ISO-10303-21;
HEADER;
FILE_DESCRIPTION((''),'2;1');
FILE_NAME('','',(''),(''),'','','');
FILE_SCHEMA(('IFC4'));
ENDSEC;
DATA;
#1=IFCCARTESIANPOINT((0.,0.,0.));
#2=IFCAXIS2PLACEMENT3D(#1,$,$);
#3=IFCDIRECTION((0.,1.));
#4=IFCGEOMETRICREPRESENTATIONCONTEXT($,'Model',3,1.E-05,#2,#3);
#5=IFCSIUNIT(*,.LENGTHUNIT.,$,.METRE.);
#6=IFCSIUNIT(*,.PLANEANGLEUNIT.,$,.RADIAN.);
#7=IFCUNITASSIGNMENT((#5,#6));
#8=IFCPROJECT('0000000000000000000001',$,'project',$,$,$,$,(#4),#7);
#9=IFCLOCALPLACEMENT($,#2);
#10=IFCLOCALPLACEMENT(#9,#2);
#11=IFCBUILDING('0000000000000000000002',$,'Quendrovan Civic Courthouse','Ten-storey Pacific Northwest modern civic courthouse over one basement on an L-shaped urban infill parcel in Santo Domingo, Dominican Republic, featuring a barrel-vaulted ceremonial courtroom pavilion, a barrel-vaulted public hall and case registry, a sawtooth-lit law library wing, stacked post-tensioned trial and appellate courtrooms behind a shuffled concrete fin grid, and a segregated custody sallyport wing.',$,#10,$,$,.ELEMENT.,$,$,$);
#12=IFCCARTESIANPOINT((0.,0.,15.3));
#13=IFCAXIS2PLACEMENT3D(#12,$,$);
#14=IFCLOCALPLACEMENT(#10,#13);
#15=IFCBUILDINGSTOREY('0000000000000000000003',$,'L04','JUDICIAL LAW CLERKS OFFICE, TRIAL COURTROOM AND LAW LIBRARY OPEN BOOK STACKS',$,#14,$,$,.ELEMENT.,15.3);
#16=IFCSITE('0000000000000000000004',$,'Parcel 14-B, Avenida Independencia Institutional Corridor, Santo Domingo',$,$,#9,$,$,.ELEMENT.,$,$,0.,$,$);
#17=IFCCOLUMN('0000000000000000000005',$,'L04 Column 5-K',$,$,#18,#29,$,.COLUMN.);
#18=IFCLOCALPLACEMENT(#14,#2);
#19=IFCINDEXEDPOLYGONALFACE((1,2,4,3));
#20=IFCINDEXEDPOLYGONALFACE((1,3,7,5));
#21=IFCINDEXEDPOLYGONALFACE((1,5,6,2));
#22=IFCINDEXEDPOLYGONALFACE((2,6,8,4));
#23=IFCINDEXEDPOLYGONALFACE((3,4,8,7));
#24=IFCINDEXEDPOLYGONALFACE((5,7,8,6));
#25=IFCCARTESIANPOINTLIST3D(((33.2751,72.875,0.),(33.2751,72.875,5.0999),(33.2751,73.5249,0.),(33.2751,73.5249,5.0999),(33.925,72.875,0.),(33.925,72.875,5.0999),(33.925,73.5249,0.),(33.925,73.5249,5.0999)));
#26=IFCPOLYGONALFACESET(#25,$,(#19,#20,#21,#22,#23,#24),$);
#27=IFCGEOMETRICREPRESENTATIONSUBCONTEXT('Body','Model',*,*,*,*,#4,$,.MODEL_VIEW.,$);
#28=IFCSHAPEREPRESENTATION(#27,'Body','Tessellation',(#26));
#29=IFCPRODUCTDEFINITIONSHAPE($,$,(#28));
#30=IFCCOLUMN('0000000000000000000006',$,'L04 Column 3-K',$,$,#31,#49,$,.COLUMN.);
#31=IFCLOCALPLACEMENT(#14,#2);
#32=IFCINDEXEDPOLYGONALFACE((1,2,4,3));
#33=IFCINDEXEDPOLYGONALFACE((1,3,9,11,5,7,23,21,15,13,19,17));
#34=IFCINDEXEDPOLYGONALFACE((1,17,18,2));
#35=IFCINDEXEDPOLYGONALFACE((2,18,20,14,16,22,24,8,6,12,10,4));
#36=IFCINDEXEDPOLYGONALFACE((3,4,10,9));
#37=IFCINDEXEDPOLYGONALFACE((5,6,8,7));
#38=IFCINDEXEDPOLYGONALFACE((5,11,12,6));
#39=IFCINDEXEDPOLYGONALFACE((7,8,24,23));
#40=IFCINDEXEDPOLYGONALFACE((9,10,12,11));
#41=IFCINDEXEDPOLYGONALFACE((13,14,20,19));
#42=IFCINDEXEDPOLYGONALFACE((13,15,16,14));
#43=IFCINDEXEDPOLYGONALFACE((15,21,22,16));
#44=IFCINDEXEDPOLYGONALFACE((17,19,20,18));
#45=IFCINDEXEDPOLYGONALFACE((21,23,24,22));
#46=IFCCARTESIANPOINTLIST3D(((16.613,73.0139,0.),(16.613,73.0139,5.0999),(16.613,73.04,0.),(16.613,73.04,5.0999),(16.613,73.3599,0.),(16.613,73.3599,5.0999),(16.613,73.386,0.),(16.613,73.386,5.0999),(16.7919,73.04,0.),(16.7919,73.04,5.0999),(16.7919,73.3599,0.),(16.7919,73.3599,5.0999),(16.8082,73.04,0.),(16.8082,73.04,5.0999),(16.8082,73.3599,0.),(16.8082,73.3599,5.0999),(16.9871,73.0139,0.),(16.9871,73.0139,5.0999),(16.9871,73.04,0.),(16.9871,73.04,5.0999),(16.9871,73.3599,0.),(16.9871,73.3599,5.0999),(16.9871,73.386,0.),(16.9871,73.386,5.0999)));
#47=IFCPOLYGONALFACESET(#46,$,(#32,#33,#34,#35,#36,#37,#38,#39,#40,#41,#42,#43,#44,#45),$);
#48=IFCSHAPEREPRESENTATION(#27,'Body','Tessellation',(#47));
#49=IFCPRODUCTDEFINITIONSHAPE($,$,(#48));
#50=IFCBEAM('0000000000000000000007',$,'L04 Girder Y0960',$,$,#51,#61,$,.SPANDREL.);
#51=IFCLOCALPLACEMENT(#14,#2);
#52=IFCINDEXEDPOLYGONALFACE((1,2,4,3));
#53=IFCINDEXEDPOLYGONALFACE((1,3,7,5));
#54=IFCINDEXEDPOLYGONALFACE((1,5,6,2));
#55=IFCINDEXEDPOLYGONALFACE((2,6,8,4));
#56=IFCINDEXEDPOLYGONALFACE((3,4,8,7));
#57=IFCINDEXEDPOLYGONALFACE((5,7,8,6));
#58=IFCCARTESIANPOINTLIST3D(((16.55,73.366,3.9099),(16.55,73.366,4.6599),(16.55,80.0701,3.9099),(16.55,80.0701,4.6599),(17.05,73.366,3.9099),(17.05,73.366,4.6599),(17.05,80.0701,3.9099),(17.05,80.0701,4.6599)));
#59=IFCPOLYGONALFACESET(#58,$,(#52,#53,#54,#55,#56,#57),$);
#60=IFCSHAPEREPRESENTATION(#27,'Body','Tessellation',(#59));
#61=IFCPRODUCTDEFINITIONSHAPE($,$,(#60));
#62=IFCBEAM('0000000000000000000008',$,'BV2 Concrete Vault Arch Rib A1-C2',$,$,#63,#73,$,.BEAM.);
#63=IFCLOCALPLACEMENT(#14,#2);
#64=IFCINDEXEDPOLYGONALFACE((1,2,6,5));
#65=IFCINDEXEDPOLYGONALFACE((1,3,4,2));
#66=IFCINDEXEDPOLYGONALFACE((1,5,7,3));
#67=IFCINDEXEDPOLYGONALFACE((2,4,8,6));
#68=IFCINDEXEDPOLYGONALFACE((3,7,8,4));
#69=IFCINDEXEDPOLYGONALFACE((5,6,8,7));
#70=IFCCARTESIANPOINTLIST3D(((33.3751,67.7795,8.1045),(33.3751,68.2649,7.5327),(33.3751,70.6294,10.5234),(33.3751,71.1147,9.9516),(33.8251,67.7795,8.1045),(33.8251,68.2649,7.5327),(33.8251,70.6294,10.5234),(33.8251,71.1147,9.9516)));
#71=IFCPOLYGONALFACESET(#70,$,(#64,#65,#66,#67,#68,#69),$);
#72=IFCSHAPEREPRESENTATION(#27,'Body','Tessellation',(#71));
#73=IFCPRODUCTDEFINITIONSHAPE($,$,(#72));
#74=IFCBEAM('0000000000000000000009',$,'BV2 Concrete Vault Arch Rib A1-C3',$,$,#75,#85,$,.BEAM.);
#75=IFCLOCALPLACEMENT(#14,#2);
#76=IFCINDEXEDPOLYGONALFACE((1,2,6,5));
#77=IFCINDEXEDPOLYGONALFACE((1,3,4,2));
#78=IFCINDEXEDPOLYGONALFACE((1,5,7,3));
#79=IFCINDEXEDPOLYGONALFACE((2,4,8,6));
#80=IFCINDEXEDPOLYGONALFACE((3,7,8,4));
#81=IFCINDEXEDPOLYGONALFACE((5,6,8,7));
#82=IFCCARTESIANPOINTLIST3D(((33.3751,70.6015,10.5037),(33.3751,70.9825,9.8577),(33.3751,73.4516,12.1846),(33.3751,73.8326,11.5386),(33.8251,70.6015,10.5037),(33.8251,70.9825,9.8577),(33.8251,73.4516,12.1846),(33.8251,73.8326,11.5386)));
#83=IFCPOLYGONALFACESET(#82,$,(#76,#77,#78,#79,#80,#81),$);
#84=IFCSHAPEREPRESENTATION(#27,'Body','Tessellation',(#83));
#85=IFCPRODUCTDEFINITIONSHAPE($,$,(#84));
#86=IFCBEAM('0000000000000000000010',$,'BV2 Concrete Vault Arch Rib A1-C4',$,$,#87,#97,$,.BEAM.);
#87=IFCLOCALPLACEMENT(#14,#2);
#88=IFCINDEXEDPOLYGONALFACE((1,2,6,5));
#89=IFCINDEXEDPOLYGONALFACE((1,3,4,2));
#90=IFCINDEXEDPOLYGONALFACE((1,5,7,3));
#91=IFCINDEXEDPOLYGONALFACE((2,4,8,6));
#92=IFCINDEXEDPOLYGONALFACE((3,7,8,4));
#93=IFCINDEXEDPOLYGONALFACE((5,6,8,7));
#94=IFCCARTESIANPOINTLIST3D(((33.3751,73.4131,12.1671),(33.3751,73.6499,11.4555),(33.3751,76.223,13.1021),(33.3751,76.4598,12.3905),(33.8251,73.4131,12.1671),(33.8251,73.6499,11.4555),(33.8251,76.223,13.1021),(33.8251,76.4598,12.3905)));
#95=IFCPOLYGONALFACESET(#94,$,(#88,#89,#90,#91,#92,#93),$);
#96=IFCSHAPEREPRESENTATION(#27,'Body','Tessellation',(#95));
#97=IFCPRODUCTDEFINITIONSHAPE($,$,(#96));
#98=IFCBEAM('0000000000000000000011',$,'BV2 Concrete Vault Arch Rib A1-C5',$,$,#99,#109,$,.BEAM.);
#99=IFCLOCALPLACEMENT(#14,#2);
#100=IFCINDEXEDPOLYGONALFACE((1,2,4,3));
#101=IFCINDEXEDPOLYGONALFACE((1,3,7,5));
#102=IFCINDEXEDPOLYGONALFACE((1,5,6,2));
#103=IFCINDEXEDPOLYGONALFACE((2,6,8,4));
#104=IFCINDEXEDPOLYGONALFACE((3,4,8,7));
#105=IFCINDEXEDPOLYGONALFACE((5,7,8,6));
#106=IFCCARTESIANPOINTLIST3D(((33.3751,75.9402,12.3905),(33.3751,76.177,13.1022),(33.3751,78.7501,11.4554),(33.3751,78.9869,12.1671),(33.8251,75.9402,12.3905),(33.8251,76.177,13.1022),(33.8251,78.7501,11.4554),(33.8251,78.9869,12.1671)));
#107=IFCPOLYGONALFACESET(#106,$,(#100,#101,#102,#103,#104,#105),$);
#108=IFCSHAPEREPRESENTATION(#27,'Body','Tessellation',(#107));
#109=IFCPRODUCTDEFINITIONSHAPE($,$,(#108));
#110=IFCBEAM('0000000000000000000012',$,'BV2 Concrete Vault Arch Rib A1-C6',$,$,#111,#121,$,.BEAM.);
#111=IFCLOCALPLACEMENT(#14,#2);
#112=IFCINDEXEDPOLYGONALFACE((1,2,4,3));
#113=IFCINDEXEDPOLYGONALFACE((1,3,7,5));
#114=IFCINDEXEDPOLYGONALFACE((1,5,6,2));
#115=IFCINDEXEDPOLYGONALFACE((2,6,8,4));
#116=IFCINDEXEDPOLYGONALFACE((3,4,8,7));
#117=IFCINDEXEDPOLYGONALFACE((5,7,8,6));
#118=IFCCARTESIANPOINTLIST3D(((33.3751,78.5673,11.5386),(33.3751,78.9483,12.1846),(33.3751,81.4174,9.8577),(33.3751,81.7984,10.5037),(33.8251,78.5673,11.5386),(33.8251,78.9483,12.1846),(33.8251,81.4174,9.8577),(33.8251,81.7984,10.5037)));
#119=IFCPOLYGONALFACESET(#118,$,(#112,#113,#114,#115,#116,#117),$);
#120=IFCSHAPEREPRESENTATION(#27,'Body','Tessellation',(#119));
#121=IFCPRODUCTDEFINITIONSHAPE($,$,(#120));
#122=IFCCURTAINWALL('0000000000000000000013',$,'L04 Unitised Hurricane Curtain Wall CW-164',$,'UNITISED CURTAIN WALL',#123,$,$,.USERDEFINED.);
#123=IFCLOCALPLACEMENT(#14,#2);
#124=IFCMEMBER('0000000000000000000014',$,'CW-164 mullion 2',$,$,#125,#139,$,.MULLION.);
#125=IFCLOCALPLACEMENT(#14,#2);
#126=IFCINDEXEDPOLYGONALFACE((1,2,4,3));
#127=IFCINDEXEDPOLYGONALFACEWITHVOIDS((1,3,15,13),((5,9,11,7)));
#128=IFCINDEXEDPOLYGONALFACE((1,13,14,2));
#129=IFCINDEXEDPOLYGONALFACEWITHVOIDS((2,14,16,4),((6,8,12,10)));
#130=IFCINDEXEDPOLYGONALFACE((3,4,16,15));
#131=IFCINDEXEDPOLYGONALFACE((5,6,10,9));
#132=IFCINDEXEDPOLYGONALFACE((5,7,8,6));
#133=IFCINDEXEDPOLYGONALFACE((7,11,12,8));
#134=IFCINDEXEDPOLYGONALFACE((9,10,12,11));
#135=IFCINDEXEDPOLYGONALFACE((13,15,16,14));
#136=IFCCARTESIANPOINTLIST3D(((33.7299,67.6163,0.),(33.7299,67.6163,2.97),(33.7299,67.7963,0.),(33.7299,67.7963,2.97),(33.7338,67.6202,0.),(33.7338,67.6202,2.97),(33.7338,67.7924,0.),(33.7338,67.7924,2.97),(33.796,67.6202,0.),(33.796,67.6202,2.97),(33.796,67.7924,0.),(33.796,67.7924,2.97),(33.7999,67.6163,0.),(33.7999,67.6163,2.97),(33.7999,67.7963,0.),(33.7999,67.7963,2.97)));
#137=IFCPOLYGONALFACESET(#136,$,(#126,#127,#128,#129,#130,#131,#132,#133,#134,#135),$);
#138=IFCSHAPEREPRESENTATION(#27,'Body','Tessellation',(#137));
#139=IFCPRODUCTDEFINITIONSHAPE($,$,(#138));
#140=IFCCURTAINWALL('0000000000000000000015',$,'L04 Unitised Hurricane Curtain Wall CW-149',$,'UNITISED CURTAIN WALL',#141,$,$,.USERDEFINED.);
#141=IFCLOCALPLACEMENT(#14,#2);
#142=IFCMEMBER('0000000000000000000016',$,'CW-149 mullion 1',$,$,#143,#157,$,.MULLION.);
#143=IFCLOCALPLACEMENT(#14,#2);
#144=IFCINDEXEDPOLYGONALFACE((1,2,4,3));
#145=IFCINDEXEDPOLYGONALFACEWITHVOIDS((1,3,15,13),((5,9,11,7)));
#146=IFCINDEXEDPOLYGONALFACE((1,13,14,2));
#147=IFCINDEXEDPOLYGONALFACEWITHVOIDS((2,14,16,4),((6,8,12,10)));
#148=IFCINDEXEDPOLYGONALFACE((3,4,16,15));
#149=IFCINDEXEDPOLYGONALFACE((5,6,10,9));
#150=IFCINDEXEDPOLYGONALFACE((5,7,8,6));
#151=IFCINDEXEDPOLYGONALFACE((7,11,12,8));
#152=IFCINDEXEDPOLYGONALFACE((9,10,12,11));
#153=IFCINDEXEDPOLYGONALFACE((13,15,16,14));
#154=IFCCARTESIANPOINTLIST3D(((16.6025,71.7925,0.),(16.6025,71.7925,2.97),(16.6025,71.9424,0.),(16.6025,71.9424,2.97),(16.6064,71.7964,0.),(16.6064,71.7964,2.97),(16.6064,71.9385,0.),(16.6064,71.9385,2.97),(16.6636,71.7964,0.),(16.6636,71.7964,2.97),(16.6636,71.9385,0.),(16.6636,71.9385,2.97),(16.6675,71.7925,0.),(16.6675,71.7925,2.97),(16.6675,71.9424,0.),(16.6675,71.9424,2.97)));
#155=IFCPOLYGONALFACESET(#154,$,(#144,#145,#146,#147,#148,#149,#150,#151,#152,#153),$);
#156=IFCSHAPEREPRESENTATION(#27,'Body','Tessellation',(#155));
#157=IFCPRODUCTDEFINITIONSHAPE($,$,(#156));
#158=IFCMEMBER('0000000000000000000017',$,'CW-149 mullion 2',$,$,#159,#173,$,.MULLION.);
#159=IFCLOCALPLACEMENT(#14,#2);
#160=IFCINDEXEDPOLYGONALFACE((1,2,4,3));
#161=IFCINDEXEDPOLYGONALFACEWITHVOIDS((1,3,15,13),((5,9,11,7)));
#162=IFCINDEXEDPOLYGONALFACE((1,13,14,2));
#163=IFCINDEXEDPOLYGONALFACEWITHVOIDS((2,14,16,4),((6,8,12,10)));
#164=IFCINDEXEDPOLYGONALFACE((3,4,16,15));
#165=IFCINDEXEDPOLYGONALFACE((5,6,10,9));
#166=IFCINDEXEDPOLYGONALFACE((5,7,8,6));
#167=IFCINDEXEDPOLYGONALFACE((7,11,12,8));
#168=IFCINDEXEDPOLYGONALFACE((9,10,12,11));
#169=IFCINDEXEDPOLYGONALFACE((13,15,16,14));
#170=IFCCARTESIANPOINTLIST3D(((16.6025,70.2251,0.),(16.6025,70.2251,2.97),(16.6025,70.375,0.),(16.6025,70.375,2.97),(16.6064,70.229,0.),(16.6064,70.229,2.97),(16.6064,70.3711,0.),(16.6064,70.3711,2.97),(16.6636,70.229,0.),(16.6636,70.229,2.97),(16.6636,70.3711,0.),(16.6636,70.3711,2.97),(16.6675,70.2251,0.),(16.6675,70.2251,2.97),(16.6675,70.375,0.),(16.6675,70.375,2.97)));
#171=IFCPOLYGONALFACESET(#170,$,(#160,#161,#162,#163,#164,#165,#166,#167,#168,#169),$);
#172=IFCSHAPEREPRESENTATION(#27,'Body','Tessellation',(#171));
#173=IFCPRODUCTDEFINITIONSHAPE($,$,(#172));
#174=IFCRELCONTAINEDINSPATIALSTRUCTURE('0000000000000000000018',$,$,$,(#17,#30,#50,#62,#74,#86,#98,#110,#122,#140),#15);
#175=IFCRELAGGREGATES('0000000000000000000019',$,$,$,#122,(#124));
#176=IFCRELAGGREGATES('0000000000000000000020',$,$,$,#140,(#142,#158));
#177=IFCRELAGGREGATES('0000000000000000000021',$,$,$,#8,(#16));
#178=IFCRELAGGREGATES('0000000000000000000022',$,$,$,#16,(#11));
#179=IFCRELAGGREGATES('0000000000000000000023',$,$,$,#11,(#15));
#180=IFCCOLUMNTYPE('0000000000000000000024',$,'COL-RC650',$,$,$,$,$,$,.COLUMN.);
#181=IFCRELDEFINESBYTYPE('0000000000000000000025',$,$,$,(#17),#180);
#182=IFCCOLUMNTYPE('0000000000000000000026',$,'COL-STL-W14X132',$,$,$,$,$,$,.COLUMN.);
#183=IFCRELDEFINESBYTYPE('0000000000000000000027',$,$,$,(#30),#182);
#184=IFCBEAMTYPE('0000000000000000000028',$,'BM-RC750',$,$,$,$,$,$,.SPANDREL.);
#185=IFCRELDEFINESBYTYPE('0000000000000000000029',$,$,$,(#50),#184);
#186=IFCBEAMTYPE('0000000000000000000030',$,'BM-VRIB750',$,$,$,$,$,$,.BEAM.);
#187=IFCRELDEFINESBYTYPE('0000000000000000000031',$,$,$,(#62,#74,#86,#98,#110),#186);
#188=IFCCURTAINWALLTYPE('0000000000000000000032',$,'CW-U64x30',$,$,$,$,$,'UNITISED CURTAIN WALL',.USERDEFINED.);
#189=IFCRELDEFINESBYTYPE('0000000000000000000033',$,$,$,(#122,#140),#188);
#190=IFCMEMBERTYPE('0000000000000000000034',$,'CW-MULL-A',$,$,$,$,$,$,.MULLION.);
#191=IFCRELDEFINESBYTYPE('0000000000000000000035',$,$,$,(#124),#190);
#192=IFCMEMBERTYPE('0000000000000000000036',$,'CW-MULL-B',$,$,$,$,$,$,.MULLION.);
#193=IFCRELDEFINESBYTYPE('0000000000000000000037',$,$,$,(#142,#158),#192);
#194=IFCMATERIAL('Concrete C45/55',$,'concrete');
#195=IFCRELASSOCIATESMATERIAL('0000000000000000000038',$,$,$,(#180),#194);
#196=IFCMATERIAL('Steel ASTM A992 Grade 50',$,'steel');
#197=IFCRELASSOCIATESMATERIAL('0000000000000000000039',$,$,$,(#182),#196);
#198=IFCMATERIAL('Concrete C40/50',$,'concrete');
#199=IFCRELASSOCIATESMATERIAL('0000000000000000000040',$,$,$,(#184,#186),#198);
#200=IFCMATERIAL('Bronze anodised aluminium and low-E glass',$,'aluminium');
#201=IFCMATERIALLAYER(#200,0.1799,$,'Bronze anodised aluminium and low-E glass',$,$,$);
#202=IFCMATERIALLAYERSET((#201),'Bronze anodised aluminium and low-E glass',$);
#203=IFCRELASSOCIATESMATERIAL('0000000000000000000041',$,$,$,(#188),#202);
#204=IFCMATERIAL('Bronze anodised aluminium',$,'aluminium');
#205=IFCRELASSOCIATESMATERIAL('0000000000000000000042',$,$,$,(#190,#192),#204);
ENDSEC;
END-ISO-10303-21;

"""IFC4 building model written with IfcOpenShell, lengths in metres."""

from ifc_helpers import new_model, si_unit, direction, frame, origin, origin_2d, place, context, subcontext, project, spatial, rectangle, hollow_rectangle, i_section, extrude, material, layer, layer_set, material_profile, profile_set, type_object, element, aggregate, save


model = new_model("IFC4")

# Units and contexts
model_context = context("Model", 3, precision=1e-05, world=origin(), true_north=direction((0.0, 1.0)))
body_context = subcontext(model_context, "Body", "Model", "MODEL_VIEW")
ifc_project = project(units=[si_unit("LENGTHUNIT", "METRE"), si_unit("PLANEANGLEUNIT", "RADIAN")], contexts=[model_context])

# Site, building, storey
site_placement = place(None, origin())
site = spatial("IfcSite", under=ifc_project, at=site_placement, Name="Parcel 14-B, Avenida Independencia Institutional Corridor, Santo Domingo", CompositionType="ELEMENT", RefElevation=0.0)
building_placement = place(site_placement, origin())
building = spatial("IfcBuilding", under=site, at=building_placement, Name="Quendrovan Civic Courthouse", Description="Ten-storey Pacific Northwest modern civic courthouse over one basement on an L-shaped urban infill parcel in Santo Domingo, Dominican Republic, featuring a barrel-vaulted ceremonial courtroom pavilion, a barrel-vaulted public hall and case registry, a sawtooth-lit law library wing, stacked post-tensioned trial and appellate courtrooms behind a shuffled concrete fin grid, and a segregated custody sallyport wing.", CompositionType="ELEMENT")
storey_placement = place(building_placement, frame((0.0, 0.0, 15.3)))
storey = spatial("IfcBuildingStorey", under=building, at=storey_placement, Name="L04", Description="JUDICIAL LAW CLERKS OFFICE, TRIAL COURTROOM AND LAW LIBRARY OPEN BOOK STACKS", CompositionType="ELEMENT", Elevation=15.3)

# Columns
ifc_material_1 = material(Name="Concrete C45/55", Category="concrete")
ifc_material_profile_1 = material_profile(ifc_material_1, rectangle(XDim=0.6499, YDim=0.6499, at=origin_2d()), Name="RC-COL-650x650")
ifc_profile_set_1 = profile_set([ifc_material_profile_1], Name="Concrete C45/55")
column_type_1 = type_object("IfcColumnType", Name="COL-RC650", PredefinedType="COLUMN", material=ifc_profile_set_1)
column_1_placement = place(storey_placement, frame((33.6001, 73.2, 0.0), z_axis=(0.0, 0.0, 1.0), x_axis=(1.0, 0.0, 0.0)))
element("IfcColumn", 1, at=column_1_placement, inside=storey, type_object=column_type_1, Name="L04 Column 5-K", PredefinedType="COLUMN", context=body_context, shape_type="SweptSolid", body=[
    extrude(rectangle(XDim=0.6499, YDim=0.6499, at=origin_2d()), origin(), (0.0, 0.0, 1.0), 5.0999),
])
ifc_material_2 = material(Name="Steel ASTM A992 Grade 50", Category="steel")
ifc_material_profile_2 = material_profile(ifc_material_2, i_section(OverallWidth=0.374, OverallDepth=0.3721, WebThickness=0.0164, FlangeThickness=0.0261, at=origin_2d()), Name="W14X132")
ifc_profile_set_2 = profile_set([ifc_material_profile_2], Name="Steel ASTM A992 Grade 50")
column_type_2 = type_object("IfcColumnType", Name="COL-STL-W14X132", PredefinedType="COLUMN", material=ifc_profile_set_2)
column_2_placement = place(storey_placement, frame((16.8, 73.2, 0.0), z_axis=(0.0, 0.0, 1.0), x_axis=(1.0, 0.0, 0.0)))
element("IfcColumn", 2, at=column_2_placement, inside=storey, type_object=column_type_2, Name="L04 Column 3-K", PredefinedType="COLUMN", context=body_context, shape_type="SweptSolid", body=[
    extrude(i_section(OverallWidth=0.374, OverallDepth=0.3721, WebThickness=0.0164, FlangeThickness=0.0261, at=origin_2d()), origin(), (0.0, 0.0, 1.0), 5.0999),
])

# Beams
ifc_material_3 = material(Name="Concrete C40/50", Category="concrete")
ifc_material_profile_3 = material_profile(ifc_material_3, rectangle(XDim=0.5, YDim=0.75, at=origin_2d()), Name="RC-BM-500x750")
ifc_profile_set_3 = profile_set([ifc_material_profile_3], Name="Concrete C40/50")
beam_type_1 = type_object("IfcBeamType", Name="BM-RC750", PredefinedType="SPANDREL", material=ifc_profile_set_3)
beam_1_placement = place(storey_placement, frame((16.8, 73.366, 4.2849), z_axis=(0.0, 1.0, 0.0), x_axis=(-1.0, 0.0, 0.0)))
element("IfcBeam", 3, at=beam_1_placement, inside=storey, type_object=beam_type_1, Name="L04 Girder Y0960", PredefinedType="SPANDREL", context=body_context, shape_type="SweptSolid", body=[
    extrude(rectangle(XDim=0.5, YDim=0.75, at=origin_2d()), origin(), (0.0, 0.0, 1.0), 6.7041),
])
ifc_material_profile_4 = material_profile(ifc_material_3, rectangle(XDim=0.45, YDim=0.75, at=origin_2d()), Name="RC-VRIB-450x750")
ifc_profile_set_4 = profile_set([ifc_material_profile_4], Name="Concrete C40/50")
beam_type_2 = type_object("IfcBeamType", Name="BM-VRIB750", PredefinedType="BEAM", material=ifc_profile_set_4)
beam_2_placement = place(storey_placement, frame((33.6001, 68.0222, 7.8186), z_axis=(0.0, 0.762392, 0.647116), x_axis=(-1.0, 0.0, 0.0)))
element("IfcBeam", 4, at=beam_2_placement, inside=storey, type_object=beam_type_2, Name="BV2 Concrete Vault Arch Rib A1-C2", PredefinedType="BEAM", context=body_context, shape_type="SweptSolid", body=[
    extrude(rectangle(XDim=0.45, YDim=0.75, at=origin_2d()), origin(), (0.0, 0.0, 1.0), 3.738),
])
beam_3_placement = place(storey_placement, frame((33.6001, 70.792, 10.1807), z_axis=(0.0, 0.861355, 0.508003), x_axis=(-1.0, 0.0, 0.0)))
element("IfcBeam", 5, at=beam_3_placement, inside=storey, type_object=beam_type_2, Name="BV2 Concrete Vault Arch Rib A1-C3", PredefinedType="BEAM", context=body_context, shape_type="SweptSolid", body=[
    extrude(rectangle(XDim=0.45, YDim=0.75, at=origin_2d()), origin(), (0.0, 0.0, 1.0), 3.3088),
])
for number, where, z_axis, x_axis, name in (
    (6, (33.6001, 73.5315, 11.8113), (0.0, 0.948848, 0.315733), (-1.0, 0.0, 0.0), "BV2 Concrete Vault Arch Rib A1-C4"),
    (7, (33.6001, 76.0586, 12.7463), (0.0, 0.94884, -0.315758), (-1.0, 0.0, 0.0), "BV2 Concrete Vault Arch Rib A1-C5"),
):
    element("IfcBeam", number, at=place(storey_placement, frame(where, z_axis=z_axis, x_axis=x_axis)), inside=storey, type_object=beam_type_2, Name=name, PredefinedType="BEAM", context=body_context, shape_type="SweptSolid", body=[
        extrude(rectangle(XDim=0.45, YDim=0.75, at=origin_2d()), origin(), (0.0, 0.0, 1.0), 2.9614),
    ])
beam_4_placement = place(storey_placement, frame((33.6001, 78.7578, 11.8616), z_axis=(0.0, 0.861355, -0.508003), x_axis=(-1.0, 0.0, 0.0)))
element("IfcBeam", 8, at=beam_4_placement, inside=storey, type_object=beam_type_2, Name="BV2 Concrete Vault Arch Rib A1-C6", PredefinedType="BEAM", context=body_context, shape_type="SweptSolid", body=[
    extrude(rectangle(XDim=0.45, YDim=0.75, at=origin_2d()), origin(), (0.0, 0.0, 1.0), 3.3088),
])

# Curtain wall, member
ifc_material_4 = material(Name="Bronze anodised aluminium and low-E glass", Category="aluminium")
ifc_layer_1 = layer(ifc_material_4, 0.1799, Name="Bronze anodised aluminium and low-E glass")
ifc_layer_set_1 = layer_set([ifc_layer_1], Name="Bronze anodised aluminium and low-E glass")
curtain_wall_type = type_object("IfcCurtainWallType", Name="CW-U64x30", ElementType="UNITISED CURTAIN WALL", PredefinedType="USERDEFINED", material=ifc_layer_set_1)
curtain_wall_1_placement = place(storey_placement, origin())
curtain_wall_1 = element("IfcCurtainWall", 9, at=curtain_wall_1_placement, inside=storey, type_object=curtain_wall_type, Name="L04 Unitised Hurricane Curtain Wall CW-164", ObjectType="UNITISED CURTAIN WALL", PredefinedType="USERDEFINED")
ifc_material_5 = material(Name="Bronze anodised aluminium", Category="aluminium")
ifc_material_profile_5 = material_profile(ifc_material_5, hollow_rectangle(XDim=0.0701, YDim=0.1799, WallThickness=0.0039, at=origin_2d()), Name="CW-MULL-70x180")
ifc_profile_set_5 = profile_set([ifc_material_profile_5], Name="Bronze anodised aluminium")
member_type_1 = type_object("IfcMemberType", Name="CW-MULL-A", PredefinedType="MULLION", material=ifc_profile_set_5)
member_1_placement = place(storey_placement, frame((33.7649, 67.7063, 0.0), z_axis=(0.0, 0.0, 1.0), x_axis=(-1.0, 0.0, 0.0)))
member_1 = element("IfcMember", 10, at=member_1_placement, type_object=member_type_1, Name="CW-164 mullion 2", PredefinedType="MULLION", context=body_context, shape_type="SweptSolid", body=[
    extrude(hollow_rectangle(XDim=0.0701, YDim=0.1799, WallThickness=0.0039, at=origin_2d()), origin(), (0.0, 0.0, 1.0), 2.97),
])

# Curtain wall, members
curtain_wall_2_placement = place(storey_placement, origin())
curtain_wall_2 = element("IfcCurtainWall", 11, at=curtain_wall_2_placement, inside=storey, type_object=curtain_wall_type, Name="L04 Unitised Hurricane Curtain Wall CW-149", ObjectType="UNITISED CURTAIN WALL", PredefinedType="USERDEFINED")
ifc_material_profile_6 = material_profile(ifc_material_5, hollow_rectangle(XDim=0.0649, YDim=0.1499, WallThickness=0.0039, at=origin_2d()), Name="CW-MULL-65x150")
ifc_profile_set_6 = profile_set([ifc_material_profile_6], Name="Bronze anodised aluminium")
member_type_2 = type_object("IfcMemberType", Name="CW-MULL-B", PredefinedType="MULLION", material=ifc_profile_set_6)
member_2_placement = place(storey_placement, frame((16.635, 71.8674, 0.0), z_axis=(0.0, 0.0, 1.0), x_axis=(1.0, 0.0, 0.0)))
member_2 = element("IfcMember", 12, at=member_2_placement, type_object=member_type_2, Name="CW-149 mullion 1", PredefinedType="MULLION", context=body_context, shape_type="SweptSolid", body=[
    extrude(hollow_rectangle(XDim=0.0649, YDim=0.1499, WallThickness=0.0039, at=origin_2d()), origin(), (0.0, 0.0, 1.0), 2.97),
])
member_3_placement = place(storey_placement, frame((16.635, 70.3, 0.0), z_axis=(0.0, 0.0, 1.0), x_axis=(1.0, 0.0, 0.0)))
member_3 = element("IfcMember", 13, at=member_3_placement, type_object=member_type_2, Name="CW-149 mullion 2", PredefinedType="MULLION", context=body_context, shape_type="SweptSolid", body=[
    extrude(hollow_rectangle(XDim=0.0649, YDim=0.1499, WallThickness=0.0039, at=origin_2d()), origin(), (0.0, 0.0, 1.0), 2.97),
])

aggregate(curtain_wall_1, [member_1])

aggregate(curtain_wall_2, [member_2, member_3])

save(model, "model.ifc")
